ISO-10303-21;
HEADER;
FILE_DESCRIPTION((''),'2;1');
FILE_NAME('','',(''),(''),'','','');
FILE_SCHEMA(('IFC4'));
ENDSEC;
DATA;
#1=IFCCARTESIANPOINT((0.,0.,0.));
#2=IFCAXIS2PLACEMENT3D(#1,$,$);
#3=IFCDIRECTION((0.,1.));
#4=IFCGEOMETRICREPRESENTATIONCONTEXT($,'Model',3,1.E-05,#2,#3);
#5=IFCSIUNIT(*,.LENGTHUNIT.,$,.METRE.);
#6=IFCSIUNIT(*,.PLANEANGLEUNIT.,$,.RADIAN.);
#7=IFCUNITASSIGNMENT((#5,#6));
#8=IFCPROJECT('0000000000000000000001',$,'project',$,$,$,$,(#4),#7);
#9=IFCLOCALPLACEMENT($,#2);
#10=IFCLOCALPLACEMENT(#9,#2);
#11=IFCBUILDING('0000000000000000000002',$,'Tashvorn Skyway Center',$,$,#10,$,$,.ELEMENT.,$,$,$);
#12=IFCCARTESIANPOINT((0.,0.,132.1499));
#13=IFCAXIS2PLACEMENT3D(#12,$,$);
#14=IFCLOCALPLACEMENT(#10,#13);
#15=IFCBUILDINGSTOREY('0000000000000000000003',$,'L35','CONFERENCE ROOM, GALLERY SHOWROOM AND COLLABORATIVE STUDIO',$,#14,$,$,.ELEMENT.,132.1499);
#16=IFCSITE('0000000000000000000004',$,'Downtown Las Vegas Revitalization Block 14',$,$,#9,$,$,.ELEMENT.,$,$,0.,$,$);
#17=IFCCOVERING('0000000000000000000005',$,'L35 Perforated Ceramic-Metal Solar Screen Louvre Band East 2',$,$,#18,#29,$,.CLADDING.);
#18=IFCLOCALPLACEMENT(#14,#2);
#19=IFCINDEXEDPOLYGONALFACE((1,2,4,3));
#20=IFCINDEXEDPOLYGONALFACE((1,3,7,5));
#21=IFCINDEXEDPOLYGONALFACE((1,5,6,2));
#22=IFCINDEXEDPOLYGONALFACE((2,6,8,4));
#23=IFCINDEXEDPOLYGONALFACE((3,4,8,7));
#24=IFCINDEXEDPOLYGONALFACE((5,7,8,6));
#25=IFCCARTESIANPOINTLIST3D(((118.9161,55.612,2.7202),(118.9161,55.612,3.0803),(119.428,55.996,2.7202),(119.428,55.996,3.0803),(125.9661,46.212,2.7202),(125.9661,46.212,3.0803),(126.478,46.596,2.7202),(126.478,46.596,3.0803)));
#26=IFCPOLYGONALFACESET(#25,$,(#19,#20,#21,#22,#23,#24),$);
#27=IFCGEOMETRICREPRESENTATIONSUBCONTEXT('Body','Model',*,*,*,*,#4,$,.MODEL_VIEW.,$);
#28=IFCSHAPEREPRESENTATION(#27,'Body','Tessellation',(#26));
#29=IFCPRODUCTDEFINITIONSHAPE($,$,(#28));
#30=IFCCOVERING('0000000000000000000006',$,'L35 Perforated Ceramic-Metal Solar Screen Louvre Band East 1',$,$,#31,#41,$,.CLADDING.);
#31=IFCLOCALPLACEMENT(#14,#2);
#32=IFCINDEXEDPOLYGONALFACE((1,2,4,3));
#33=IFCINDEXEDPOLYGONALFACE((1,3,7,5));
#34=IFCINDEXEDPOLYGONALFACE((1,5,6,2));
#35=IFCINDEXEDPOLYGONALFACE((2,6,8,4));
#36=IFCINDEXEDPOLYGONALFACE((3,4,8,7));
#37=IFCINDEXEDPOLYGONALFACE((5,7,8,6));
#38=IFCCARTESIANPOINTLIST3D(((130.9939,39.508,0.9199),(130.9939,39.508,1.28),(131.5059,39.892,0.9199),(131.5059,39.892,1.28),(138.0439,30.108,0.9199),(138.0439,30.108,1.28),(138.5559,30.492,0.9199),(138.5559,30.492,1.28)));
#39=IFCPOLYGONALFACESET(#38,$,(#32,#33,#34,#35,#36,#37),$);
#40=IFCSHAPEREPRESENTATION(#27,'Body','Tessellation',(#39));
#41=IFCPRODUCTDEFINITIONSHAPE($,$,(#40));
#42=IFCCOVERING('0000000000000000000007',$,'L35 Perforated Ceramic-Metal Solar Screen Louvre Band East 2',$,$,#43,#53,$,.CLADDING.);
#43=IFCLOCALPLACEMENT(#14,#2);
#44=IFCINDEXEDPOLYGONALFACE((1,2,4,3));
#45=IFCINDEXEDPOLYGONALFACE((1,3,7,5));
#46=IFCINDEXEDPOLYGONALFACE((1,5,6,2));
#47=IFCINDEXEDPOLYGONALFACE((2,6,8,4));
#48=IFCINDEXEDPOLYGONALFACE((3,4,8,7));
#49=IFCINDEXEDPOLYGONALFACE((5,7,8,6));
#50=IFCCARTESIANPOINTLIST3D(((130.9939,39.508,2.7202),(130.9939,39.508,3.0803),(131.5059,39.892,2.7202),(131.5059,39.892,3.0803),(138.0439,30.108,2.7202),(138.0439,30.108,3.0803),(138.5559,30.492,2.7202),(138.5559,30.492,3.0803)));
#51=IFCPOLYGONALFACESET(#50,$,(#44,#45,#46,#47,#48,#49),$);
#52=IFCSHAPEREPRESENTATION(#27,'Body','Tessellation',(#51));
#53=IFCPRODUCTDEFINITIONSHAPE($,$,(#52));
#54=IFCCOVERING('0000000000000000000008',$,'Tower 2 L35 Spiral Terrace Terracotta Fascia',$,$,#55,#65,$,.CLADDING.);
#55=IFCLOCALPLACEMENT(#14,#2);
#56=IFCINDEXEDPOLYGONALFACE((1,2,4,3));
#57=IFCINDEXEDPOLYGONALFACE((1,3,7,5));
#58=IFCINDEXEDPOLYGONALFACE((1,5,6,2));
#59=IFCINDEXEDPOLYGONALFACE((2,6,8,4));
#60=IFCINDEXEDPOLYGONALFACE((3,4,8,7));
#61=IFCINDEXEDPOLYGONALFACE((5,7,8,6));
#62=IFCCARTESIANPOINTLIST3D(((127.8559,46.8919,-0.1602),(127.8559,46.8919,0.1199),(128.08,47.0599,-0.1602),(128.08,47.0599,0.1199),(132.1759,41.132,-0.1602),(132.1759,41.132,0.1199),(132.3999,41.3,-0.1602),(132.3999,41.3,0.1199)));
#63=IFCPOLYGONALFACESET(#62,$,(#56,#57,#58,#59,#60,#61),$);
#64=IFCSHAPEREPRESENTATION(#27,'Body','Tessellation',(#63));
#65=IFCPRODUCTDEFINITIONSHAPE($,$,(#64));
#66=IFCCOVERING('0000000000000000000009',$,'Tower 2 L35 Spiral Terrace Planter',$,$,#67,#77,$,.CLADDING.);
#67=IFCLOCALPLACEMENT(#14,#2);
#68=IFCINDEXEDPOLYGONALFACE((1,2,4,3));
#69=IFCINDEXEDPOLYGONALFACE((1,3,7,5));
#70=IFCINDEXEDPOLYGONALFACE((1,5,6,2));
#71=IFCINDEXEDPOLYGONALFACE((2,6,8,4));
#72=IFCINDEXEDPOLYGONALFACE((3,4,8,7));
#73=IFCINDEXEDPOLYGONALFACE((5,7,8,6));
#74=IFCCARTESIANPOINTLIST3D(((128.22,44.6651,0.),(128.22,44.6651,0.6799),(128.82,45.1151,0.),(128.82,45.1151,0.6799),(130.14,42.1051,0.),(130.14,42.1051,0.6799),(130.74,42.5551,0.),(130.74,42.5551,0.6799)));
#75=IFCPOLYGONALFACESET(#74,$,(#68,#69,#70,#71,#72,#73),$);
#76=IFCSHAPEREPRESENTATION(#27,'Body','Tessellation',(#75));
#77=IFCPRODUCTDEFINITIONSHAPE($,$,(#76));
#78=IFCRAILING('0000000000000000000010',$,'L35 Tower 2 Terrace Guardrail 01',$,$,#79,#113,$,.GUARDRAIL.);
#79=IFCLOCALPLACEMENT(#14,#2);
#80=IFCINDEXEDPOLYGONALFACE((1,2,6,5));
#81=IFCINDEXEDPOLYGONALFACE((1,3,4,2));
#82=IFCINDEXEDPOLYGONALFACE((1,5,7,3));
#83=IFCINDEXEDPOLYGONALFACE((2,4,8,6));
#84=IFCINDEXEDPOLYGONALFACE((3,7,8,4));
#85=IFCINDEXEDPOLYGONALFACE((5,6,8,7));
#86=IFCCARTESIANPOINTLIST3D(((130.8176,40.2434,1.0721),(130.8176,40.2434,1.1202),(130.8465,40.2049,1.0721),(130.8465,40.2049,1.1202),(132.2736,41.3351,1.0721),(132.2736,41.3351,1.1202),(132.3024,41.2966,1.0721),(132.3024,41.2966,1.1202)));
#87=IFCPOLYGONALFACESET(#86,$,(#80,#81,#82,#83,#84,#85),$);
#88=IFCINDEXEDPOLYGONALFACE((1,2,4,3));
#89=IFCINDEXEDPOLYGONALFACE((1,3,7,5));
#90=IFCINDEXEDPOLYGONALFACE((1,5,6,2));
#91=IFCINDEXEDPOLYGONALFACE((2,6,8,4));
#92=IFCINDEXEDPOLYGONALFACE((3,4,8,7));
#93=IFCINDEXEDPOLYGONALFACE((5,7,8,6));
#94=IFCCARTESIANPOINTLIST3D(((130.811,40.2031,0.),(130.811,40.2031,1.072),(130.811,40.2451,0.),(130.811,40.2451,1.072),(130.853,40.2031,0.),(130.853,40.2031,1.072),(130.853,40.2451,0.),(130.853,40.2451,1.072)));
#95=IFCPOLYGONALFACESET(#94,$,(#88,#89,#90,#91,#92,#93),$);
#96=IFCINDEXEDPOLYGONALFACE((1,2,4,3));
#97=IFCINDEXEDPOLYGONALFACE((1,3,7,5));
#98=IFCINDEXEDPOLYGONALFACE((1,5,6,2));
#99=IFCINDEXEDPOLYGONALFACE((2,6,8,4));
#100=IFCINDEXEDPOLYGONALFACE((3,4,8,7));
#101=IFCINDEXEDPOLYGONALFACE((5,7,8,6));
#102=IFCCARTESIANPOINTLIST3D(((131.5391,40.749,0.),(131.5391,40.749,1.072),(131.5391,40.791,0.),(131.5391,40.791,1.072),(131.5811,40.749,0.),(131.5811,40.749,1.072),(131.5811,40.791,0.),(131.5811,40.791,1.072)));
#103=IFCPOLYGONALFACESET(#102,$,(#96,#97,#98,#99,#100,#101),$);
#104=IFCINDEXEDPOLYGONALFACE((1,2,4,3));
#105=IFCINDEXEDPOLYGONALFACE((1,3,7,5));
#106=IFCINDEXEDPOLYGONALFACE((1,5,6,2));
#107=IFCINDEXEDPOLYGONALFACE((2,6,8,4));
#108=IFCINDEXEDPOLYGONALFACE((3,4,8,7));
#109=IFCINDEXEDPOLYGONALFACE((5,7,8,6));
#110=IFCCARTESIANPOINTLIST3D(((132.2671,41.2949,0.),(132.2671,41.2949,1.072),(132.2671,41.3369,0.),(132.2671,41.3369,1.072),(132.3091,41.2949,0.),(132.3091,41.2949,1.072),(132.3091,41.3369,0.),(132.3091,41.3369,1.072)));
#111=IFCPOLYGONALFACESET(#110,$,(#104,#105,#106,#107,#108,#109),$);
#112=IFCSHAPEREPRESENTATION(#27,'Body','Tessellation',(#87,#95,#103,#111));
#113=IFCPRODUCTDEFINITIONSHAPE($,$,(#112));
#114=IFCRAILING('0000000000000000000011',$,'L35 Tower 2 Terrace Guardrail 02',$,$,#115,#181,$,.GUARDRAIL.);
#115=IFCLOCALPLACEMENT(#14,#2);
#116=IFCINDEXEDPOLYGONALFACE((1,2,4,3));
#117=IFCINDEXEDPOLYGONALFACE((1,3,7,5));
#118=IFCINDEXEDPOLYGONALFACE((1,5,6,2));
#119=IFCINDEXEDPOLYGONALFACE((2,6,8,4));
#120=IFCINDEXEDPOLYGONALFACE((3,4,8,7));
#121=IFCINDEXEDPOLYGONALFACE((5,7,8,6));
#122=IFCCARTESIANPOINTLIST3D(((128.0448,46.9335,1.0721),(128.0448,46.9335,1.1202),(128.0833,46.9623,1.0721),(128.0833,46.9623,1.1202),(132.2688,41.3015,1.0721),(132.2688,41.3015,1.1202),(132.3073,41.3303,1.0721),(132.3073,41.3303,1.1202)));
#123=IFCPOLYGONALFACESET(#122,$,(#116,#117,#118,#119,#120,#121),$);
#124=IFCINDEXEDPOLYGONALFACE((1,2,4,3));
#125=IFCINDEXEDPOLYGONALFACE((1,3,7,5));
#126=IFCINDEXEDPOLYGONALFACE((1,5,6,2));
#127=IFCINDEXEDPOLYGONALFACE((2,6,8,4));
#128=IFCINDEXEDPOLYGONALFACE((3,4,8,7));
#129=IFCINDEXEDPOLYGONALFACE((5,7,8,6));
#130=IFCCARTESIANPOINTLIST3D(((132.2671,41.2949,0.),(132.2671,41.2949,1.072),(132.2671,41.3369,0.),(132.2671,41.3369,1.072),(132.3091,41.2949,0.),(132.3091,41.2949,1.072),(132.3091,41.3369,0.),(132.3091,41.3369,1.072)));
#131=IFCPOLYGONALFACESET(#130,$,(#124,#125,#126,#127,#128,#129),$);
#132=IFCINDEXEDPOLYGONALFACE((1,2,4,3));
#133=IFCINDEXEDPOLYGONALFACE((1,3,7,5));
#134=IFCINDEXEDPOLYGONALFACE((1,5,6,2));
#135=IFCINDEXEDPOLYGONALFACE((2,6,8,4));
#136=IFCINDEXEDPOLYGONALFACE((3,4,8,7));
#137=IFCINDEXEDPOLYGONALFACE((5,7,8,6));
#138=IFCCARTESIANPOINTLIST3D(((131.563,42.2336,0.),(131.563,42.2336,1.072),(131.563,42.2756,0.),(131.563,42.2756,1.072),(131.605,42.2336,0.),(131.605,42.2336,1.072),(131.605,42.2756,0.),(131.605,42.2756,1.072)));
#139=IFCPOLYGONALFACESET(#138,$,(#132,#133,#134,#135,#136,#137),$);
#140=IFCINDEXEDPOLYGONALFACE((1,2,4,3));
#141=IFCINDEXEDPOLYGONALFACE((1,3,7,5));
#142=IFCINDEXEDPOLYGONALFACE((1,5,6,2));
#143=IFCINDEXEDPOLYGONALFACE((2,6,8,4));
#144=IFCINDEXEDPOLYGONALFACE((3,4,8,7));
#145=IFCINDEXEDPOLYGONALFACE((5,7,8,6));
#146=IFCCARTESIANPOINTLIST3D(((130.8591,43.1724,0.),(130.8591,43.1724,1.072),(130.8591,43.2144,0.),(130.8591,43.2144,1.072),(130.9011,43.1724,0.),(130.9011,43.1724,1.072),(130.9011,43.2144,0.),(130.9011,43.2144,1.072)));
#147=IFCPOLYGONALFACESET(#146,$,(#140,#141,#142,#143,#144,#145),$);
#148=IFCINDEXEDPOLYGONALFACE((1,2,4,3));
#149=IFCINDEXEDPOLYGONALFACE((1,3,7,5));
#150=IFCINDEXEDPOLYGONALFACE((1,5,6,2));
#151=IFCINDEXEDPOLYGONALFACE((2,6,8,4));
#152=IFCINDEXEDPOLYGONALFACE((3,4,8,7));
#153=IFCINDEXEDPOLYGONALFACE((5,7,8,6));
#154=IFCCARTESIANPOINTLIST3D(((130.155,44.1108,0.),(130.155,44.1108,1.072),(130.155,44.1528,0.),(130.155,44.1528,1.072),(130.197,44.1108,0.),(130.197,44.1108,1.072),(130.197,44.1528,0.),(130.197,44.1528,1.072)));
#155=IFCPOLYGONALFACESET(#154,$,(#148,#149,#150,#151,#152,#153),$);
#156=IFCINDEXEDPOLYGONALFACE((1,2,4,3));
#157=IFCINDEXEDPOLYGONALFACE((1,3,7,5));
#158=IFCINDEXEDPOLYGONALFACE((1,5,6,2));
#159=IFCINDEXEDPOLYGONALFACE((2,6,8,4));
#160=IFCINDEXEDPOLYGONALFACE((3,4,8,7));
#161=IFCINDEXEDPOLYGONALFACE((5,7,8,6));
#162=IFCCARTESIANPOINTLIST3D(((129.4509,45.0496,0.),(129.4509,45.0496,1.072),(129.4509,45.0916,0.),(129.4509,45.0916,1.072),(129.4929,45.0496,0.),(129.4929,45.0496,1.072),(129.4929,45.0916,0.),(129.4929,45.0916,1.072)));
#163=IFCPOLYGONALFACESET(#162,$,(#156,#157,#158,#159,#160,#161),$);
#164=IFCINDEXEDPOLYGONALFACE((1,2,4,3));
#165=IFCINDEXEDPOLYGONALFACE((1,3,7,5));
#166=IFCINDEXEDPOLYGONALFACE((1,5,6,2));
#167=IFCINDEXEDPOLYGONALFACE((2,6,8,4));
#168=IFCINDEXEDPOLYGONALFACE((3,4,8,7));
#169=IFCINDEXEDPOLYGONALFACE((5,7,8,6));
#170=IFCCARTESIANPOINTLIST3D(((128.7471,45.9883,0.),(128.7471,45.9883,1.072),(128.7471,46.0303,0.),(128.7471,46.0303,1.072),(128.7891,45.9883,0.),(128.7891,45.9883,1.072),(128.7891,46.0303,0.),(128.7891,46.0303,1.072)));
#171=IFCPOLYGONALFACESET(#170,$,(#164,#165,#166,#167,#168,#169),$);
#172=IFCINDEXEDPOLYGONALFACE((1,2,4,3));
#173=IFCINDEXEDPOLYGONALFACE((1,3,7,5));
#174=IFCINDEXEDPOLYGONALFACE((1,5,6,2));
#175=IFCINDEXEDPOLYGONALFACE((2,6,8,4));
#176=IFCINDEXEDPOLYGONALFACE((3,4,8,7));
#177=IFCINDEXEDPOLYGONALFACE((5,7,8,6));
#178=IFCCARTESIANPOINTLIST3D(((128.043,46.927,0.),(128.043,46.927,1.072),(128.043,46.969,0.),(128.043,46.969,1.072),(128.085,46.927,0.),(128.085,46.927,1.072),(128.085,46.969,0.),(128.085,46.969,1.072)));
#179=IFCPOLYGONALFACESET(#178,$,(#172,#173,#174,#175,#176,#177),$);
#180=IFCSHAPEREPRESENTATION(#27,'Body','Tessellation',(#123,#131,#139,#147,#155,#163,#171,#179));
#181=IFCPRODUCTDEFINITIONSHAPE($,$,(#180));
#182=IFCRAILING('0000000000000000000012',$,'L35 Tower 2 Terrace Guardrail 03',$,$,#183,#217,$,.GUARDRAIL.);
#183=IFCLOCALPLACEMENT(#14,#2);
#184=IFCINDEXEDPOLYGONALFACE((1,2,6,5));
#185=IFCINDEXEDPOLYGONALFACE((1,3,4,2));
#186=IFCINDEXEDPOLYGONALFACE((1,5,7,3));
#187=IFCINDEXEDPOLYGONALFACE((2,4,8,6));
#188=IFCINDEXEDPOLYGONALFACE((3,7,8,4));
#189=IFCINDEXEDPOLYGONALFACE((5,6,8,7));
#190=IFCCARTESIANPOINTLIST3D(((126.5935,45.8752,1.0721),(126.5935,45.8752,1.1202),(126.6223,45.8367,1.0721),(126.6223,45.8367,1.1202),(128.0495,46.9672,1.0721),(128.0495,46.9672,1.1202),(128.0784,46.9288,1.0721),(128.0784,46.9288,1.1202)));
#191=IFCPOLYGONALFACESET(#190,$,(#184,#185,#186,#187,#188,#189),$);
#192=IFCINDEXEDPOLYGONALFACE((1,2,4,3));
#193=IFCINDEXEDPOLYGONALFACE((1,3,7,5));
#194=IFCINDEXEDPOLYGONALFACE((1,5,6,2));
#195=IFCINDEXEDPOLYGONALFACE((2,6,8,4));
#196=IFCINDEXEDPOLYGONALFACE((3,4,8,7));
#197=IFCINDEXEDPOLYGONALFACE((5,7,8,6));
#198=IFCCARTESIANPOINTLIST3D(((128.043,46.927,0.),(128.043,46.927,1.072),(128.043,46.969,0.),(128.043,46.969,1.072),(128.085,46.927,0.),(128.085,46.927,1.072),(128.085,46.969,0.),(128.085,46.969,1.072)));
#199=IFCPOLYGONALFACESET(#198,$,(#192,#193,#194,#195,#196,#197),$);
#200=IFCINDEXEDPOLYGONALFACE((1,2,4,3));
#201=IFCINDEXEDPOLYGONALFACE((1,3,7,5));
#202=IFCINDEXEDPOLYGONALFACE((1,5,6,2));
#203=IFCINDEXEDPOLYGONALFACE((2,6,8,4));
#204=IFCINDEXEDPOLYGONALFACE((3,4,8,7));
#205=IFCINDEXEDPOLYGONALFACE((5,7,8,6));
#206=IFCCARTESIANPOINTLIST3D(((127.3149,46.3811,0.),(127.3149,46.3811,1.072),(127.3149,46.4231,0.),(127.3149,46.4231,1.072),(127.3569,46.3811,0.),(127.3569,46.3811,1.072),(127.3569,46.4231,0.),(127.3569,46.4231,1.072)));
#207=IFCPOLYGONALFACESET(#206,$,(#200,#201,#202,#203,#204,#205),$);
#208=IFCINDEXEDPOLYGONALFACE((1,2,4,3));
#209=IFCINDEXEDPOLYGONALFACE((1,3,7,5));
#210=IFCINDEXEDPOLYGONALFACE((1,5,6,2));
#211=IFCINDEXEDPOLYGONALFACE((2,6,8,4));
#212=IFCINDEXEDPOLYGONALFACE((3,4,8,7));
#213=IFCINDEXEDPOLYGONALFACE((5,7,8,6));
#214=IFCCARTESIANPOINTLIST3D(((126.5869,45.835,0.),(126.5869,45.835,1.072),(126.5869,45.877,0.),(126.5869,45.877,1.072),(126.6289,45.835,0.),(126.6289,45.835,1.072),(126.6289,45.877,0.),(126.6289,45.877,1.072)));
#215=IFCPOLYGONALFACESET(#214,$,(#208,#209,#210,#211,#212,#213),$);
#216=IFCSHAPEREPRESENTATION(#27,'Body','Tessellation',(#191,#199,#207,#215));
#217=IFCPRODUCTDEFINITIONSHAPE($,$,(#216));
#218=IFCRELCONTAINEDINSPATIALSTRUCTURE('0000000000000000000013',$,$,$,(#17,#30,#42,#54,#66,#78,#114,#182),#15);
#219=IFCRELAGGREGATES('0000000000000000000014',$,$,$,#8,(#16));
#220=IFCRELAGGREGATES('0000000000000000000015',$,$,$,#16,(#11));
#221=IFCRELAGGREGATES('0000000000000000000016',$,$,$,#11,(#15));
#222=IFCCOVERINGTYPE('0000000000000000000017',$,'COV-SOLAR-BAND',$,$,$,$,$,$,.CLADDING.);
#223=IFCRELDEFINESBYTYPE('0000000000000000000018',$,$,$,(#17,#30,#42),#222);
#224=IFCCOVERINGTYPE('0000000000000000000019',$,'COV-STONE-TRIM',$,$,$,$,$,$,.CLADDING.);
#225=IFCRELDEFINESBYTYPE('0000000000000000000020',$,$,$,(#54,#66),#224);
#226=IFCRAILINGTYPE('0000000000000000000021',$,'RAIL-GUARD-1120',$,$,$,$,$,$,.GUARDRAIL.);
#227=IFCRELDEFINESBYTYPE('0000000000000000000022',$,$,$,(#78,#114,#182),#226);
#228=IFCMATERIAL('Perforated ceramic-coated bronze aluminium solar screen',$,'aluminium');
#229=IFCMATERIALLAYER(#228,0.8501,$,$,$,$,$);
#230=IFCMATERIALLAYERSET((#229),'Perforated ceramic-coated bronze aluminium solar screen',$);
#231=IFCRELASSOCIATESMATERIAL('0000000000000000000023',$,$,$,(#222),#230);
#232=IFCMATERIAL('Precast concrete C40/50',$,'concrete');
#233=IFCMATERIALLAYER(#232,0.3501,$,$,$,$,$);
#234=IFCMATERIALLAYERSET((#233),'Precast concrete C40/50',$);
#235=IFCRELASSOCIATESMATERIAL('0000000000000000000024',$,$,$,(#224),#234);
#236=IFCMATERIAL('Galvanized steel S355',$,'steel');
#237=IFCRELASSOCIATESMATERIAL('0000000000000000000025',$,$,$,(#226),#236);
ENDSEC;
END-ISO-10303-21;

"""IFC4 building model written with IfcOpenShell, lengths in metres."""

from ifc_helpers import new_model, si_unit, direction, frame, origin, origin_2d, place, context, subcontext, project, spatial, rectangle, extrude, material, layer, layer_set, type_object, element, save


model = new_model("IFC4")

# Units and contexts
model_context = context("Model", 3, precision=1e-05, world=origin(), true_north=direction((0.0, 1.0)))
body_context = subcontext(model_context, "Body", "Model", "MODEL_VIEW")
ifc_project = project(units=[si_unit("LENGTHUNIT", "METRE"), si_unit("PLANEANGLEUNIT", "RADIAN")], contexts=[model_context])

# Site, building, storey
site_placement = place(None, origin())
site = spatial("IfcSite", under=ifc_project, at=site_placement, Name="Downtown Las Vegas Revitalization Block 14", CompositionType="ELEMENT", RefElevation=0.0)
building_placement = place(site_placement, origin())
building = spatial("IfcBuilding", under=site, at=building_placement, Name="Tashvorn Skyway Center", CompositionType="ELEMENT")
storey_placement = place(building_placement, frame((0.0, 0.0, 132.1499)))
storey = spatial("IfcBuildingStorey", under=building, at=storey_placement, Name="L35", Description="CONFERENCE ROOM, GALLERY SHOWROOM AND COLLABORATIVE STUDIO", CompositionType="ELEMENT", Elevation=132.1499)

# Shared definitions
ifc_material_1 = material(Name="Precast concrete C40/50", Category="concrete")

# Coverings
ifc_material_2 = material(Name="Perforated ceramic-coated bronze aluminium solar screen", Category="aluminium")
ifc_layer_1 = layer(ifc_material_2, 0.8501)
ifc_layer_set_1 = layer_set([ifc_layer_1], Name="Perforated ceramic-coated bronze aluminium solar screen")
covering_type_1 = type_object("IfcCoveringType", Name="COV-SOLAR-BAND", PredefinedType="CLADDING", material=ifc_layer_set_1)
for number, where, z_axis, x_axis, name in (
    (1, (122.697, 51.104, 2.7202), (0.0, 0.0, 1.0), (0.6, -0.8, 0.0), "L35 Perforated Ceramic-Metal Solar Screen Louvre Band East 2"),
    (2, (134.7749, 35.0, 0.9199), (0.0, 0.0, 1.0), (0.6, -0.8, 0.0), "L35 Perforated Ceramic-Metal Solar Screen Louvre Band East 1"),
    (3, (134.7749, 35.0, 2.7202), (0.0, 0.0, 1.0), (0.6, -0.8, 0.0), "L35 Perforated Ceramic-Metal Solar Screen Louvre Band East 2"),
):
    element("IfcCovering", number, at=place(storey_placement, frame(where, z_axis=z_axis, x_axis=x_axis)), inside=storey, type_object=covering_type_1, Name=name, PredefinedType="CLADDING", context=body_context, shape_type="SweptSolid", body=[
        extrude(rectangle(XDim=11.75, YDim=0.6399, at=origin_2d()), origin(), (0.0, 0.0, 1.0), 0.3601),
    ])
ifc_layer_2 = layer(ifc_material_1, 0.3501)
ifc_layer_set_2 = layer_set([ifc_layer_2], Name="Precast concrete C40/50")
covering_type_2 = type_object("IfcCoveringType", Name="COV-STONE-TRIM", PredefinedType="CLADDING", material=ifc_layer_set_2)
covering_1_placement = place(storey_placement, frame((130.1279, 44.0959, -0.1602), z_axis=(0.0, 0.0, 1.0), x_axis=(0.6, -0.8, 0.0)))
element("IfcCovering", 4, at=covering_1_placement, inside=storey, type_object=covering_type_2, Name="Tower 2 L35 Spiral Terrace Terracotta Fascia", PredefinedType="CLADDING", context=body_context, shape_type="SweptSolid", body=[
    extrude(rectangle(XDim=7.2, YDim=0.28, at=origin_2d()), origin(), (0.0, 0.0, 1.0), 0.28),
])
covering_2_placement = place(storey_placement, frame((129.48, 43.6101, 0.0), z_axis=(0.0, 0.0, 1.0), x_axis=(0.6, -0.8, 0.0)))
element("IfcCovering", 5, at=covering_2_placement, inside=storey, type_object=covering_type_2, Name="Tower 2 L35 Spiral Terrace Planter", PredefinedType="CLADDING", context=body_context, shape_type="SweptSolid", body=[
    extrude(rectangle(XDim=3.2, YDim=0.75, at=origin_2d()), origin(), (0.0, 0.0, 1.0), 0.6799),
])

# Railings
ifc_material_3 = material(Name="Galvanized steel S355", Category="steel")
railing_type_1 = type_object("IfcRailingType", Name="RAIL-GUARD-1120", PredefinedType="GUARDRAIL", material=ifc_material_3)
railing_1_placement = place(storey_placement, frame((130.832, 40.2241, 0.0)))
element("IfcRailing", 6, at=railing_1_placement, inside=storey, type_object=railing_type_1, Name="L35 Tower 2 Terrace Guardrail 01", PredefinedType="GUARDRAIL", context=body_context, shape_type="SweptSolid", body=[
    extrude(rectangle(XDim=0.0481, YDim=0.0481, at=origin_2d()), frame((0.0, 0.0, 1.0962), z_axis=(0.800064, 0.599914, 0.0), x_axis=(-0.599914, 0.800064, 0.0)), (0.0, 0.0, 1.0), 1.8198),
    extrude(rectangle(XDim=0.042, YDim=0.042, at=origin_2d()), origin(), (0.0, 0.0, 1.0), 1.072),
    extrude(rectangle(XDim=0.042, YDim=0.042, at=origin_2d()), frame((0.728, 0.5459, 0.0)), (0.0, 0.0, 1.0), 1.072),
    extrude(rectangle(XDim=0.042, YDim=0.042, at=origin_2d()), frame((1.4561, 1.0918, 0.0)), (0.0, 0.0, 1.0), 1.072),
])
railing_2_placement = place(storey_placement, frame((132.2881, 41.3159, 0.0)))
element("IfcRailing", 7, at=railing_2_placement, inside=storey, type_object=railing_type_1, Name="L35 Tower 2 Terrace Guardrail 02", PredefinedType="GUARDRAIL", context=body_context, shape_type="SweptSolid", body=[
    extrude(rectangle(XDim=0.0481, YDim=0.0481, at=origin_2d()), frame((0.0, 0.0, 1.0962), z_axis=(-0.600006, 0.799996, 0.0), x_axis=(-0.799996, -0.600006, 0.0)), (0.0, 0.0, 1.0), 7.04),
    extrude(rectangle(XDim=0.042, YDim=0.042, at=origin_2d()), origin(), (0.0, 0.0, 1.0), 1.072),
    extrude(rectangle(XDim=0.042, YDim=0.042, at=origin_2d()), frame((-0.7041, 0.9387, 0.0)), (0.0, 0.0, 1.0), 1.072),
    extrude(rectangle(XDim=0.042, YDim=0.042, at=origin_2d()), frame((-1.408, 1.8774, 0.0)), (0.0, 0.0, 1.0), 1.072),
    extrude(rectangle(XDim=0.042, YDim=0.042, at=origin_2d()), frame((-2.1121, 2.8159, 0.0)), (0.0, 0.0, 1.0), 1.072),
    extrude(rectangle(XDim=0.042, YDim=0.042, at=origin_2d()), frame((-2.8162, 3.7546, 0.0)), (0.0, 0.0, 1.0), 1.072),
    extrude(rectangle(XDim=0.042, YDim=0.042, at=origin_2d()), frame((-3.52, 4.6934, 0.0)), (0.0, 0.0, 1.0), 1.072),
    extrude(rectangle(XDim=0.042, YDim=0.042, at=origin_2d()), frame((-4.2241, 5.6321, 0.0)), (0.0, 0.0, 1.0), 1.072),
])
railing_3_placement = place(storey_placement, frame((128.064, 46.948, 0.0)))
element("IfcRailing", 8, at=railing_3_placement, inside=storey, type_object=railing_type_1, Name="L35 Tower 2 Terrace Guardrail 03", PredefinedType="GUARDRAIL", context=body_context, shape_type="SweptSolid", body=[
    extrude(rectangle(XDim=0.0481, YDim=0.0481, at=origin_2d()), frame((0.0, 0.0, 1.0962), z_axis=(-0.8, -0.6, 0.0), x_axis=(0.6, -0.8, 0.0)), (0.0, 0.0, 1.0), 1.8201),
    extrude(rectangle(XDim=0.042, YDim=0.042, at=origin_2d()), origin(), (0.0, 0.0, 1.0), 1.072),
    extrude(rectangle(XDim=0.042, YDim=0.042, at=origin_2d()), frame((-0.728, -0.5459, 0.0)), (0.0, 0.0, 1.0), 1.072),
    extrude(rectangle(XDim=0.042, YDim=0.042, at=origin_2d()), frame((-1.4561, -1.092, 0.0)), (0.0, 0.0, 1.0), 1.072),
])

save(model, "model.ifc")
